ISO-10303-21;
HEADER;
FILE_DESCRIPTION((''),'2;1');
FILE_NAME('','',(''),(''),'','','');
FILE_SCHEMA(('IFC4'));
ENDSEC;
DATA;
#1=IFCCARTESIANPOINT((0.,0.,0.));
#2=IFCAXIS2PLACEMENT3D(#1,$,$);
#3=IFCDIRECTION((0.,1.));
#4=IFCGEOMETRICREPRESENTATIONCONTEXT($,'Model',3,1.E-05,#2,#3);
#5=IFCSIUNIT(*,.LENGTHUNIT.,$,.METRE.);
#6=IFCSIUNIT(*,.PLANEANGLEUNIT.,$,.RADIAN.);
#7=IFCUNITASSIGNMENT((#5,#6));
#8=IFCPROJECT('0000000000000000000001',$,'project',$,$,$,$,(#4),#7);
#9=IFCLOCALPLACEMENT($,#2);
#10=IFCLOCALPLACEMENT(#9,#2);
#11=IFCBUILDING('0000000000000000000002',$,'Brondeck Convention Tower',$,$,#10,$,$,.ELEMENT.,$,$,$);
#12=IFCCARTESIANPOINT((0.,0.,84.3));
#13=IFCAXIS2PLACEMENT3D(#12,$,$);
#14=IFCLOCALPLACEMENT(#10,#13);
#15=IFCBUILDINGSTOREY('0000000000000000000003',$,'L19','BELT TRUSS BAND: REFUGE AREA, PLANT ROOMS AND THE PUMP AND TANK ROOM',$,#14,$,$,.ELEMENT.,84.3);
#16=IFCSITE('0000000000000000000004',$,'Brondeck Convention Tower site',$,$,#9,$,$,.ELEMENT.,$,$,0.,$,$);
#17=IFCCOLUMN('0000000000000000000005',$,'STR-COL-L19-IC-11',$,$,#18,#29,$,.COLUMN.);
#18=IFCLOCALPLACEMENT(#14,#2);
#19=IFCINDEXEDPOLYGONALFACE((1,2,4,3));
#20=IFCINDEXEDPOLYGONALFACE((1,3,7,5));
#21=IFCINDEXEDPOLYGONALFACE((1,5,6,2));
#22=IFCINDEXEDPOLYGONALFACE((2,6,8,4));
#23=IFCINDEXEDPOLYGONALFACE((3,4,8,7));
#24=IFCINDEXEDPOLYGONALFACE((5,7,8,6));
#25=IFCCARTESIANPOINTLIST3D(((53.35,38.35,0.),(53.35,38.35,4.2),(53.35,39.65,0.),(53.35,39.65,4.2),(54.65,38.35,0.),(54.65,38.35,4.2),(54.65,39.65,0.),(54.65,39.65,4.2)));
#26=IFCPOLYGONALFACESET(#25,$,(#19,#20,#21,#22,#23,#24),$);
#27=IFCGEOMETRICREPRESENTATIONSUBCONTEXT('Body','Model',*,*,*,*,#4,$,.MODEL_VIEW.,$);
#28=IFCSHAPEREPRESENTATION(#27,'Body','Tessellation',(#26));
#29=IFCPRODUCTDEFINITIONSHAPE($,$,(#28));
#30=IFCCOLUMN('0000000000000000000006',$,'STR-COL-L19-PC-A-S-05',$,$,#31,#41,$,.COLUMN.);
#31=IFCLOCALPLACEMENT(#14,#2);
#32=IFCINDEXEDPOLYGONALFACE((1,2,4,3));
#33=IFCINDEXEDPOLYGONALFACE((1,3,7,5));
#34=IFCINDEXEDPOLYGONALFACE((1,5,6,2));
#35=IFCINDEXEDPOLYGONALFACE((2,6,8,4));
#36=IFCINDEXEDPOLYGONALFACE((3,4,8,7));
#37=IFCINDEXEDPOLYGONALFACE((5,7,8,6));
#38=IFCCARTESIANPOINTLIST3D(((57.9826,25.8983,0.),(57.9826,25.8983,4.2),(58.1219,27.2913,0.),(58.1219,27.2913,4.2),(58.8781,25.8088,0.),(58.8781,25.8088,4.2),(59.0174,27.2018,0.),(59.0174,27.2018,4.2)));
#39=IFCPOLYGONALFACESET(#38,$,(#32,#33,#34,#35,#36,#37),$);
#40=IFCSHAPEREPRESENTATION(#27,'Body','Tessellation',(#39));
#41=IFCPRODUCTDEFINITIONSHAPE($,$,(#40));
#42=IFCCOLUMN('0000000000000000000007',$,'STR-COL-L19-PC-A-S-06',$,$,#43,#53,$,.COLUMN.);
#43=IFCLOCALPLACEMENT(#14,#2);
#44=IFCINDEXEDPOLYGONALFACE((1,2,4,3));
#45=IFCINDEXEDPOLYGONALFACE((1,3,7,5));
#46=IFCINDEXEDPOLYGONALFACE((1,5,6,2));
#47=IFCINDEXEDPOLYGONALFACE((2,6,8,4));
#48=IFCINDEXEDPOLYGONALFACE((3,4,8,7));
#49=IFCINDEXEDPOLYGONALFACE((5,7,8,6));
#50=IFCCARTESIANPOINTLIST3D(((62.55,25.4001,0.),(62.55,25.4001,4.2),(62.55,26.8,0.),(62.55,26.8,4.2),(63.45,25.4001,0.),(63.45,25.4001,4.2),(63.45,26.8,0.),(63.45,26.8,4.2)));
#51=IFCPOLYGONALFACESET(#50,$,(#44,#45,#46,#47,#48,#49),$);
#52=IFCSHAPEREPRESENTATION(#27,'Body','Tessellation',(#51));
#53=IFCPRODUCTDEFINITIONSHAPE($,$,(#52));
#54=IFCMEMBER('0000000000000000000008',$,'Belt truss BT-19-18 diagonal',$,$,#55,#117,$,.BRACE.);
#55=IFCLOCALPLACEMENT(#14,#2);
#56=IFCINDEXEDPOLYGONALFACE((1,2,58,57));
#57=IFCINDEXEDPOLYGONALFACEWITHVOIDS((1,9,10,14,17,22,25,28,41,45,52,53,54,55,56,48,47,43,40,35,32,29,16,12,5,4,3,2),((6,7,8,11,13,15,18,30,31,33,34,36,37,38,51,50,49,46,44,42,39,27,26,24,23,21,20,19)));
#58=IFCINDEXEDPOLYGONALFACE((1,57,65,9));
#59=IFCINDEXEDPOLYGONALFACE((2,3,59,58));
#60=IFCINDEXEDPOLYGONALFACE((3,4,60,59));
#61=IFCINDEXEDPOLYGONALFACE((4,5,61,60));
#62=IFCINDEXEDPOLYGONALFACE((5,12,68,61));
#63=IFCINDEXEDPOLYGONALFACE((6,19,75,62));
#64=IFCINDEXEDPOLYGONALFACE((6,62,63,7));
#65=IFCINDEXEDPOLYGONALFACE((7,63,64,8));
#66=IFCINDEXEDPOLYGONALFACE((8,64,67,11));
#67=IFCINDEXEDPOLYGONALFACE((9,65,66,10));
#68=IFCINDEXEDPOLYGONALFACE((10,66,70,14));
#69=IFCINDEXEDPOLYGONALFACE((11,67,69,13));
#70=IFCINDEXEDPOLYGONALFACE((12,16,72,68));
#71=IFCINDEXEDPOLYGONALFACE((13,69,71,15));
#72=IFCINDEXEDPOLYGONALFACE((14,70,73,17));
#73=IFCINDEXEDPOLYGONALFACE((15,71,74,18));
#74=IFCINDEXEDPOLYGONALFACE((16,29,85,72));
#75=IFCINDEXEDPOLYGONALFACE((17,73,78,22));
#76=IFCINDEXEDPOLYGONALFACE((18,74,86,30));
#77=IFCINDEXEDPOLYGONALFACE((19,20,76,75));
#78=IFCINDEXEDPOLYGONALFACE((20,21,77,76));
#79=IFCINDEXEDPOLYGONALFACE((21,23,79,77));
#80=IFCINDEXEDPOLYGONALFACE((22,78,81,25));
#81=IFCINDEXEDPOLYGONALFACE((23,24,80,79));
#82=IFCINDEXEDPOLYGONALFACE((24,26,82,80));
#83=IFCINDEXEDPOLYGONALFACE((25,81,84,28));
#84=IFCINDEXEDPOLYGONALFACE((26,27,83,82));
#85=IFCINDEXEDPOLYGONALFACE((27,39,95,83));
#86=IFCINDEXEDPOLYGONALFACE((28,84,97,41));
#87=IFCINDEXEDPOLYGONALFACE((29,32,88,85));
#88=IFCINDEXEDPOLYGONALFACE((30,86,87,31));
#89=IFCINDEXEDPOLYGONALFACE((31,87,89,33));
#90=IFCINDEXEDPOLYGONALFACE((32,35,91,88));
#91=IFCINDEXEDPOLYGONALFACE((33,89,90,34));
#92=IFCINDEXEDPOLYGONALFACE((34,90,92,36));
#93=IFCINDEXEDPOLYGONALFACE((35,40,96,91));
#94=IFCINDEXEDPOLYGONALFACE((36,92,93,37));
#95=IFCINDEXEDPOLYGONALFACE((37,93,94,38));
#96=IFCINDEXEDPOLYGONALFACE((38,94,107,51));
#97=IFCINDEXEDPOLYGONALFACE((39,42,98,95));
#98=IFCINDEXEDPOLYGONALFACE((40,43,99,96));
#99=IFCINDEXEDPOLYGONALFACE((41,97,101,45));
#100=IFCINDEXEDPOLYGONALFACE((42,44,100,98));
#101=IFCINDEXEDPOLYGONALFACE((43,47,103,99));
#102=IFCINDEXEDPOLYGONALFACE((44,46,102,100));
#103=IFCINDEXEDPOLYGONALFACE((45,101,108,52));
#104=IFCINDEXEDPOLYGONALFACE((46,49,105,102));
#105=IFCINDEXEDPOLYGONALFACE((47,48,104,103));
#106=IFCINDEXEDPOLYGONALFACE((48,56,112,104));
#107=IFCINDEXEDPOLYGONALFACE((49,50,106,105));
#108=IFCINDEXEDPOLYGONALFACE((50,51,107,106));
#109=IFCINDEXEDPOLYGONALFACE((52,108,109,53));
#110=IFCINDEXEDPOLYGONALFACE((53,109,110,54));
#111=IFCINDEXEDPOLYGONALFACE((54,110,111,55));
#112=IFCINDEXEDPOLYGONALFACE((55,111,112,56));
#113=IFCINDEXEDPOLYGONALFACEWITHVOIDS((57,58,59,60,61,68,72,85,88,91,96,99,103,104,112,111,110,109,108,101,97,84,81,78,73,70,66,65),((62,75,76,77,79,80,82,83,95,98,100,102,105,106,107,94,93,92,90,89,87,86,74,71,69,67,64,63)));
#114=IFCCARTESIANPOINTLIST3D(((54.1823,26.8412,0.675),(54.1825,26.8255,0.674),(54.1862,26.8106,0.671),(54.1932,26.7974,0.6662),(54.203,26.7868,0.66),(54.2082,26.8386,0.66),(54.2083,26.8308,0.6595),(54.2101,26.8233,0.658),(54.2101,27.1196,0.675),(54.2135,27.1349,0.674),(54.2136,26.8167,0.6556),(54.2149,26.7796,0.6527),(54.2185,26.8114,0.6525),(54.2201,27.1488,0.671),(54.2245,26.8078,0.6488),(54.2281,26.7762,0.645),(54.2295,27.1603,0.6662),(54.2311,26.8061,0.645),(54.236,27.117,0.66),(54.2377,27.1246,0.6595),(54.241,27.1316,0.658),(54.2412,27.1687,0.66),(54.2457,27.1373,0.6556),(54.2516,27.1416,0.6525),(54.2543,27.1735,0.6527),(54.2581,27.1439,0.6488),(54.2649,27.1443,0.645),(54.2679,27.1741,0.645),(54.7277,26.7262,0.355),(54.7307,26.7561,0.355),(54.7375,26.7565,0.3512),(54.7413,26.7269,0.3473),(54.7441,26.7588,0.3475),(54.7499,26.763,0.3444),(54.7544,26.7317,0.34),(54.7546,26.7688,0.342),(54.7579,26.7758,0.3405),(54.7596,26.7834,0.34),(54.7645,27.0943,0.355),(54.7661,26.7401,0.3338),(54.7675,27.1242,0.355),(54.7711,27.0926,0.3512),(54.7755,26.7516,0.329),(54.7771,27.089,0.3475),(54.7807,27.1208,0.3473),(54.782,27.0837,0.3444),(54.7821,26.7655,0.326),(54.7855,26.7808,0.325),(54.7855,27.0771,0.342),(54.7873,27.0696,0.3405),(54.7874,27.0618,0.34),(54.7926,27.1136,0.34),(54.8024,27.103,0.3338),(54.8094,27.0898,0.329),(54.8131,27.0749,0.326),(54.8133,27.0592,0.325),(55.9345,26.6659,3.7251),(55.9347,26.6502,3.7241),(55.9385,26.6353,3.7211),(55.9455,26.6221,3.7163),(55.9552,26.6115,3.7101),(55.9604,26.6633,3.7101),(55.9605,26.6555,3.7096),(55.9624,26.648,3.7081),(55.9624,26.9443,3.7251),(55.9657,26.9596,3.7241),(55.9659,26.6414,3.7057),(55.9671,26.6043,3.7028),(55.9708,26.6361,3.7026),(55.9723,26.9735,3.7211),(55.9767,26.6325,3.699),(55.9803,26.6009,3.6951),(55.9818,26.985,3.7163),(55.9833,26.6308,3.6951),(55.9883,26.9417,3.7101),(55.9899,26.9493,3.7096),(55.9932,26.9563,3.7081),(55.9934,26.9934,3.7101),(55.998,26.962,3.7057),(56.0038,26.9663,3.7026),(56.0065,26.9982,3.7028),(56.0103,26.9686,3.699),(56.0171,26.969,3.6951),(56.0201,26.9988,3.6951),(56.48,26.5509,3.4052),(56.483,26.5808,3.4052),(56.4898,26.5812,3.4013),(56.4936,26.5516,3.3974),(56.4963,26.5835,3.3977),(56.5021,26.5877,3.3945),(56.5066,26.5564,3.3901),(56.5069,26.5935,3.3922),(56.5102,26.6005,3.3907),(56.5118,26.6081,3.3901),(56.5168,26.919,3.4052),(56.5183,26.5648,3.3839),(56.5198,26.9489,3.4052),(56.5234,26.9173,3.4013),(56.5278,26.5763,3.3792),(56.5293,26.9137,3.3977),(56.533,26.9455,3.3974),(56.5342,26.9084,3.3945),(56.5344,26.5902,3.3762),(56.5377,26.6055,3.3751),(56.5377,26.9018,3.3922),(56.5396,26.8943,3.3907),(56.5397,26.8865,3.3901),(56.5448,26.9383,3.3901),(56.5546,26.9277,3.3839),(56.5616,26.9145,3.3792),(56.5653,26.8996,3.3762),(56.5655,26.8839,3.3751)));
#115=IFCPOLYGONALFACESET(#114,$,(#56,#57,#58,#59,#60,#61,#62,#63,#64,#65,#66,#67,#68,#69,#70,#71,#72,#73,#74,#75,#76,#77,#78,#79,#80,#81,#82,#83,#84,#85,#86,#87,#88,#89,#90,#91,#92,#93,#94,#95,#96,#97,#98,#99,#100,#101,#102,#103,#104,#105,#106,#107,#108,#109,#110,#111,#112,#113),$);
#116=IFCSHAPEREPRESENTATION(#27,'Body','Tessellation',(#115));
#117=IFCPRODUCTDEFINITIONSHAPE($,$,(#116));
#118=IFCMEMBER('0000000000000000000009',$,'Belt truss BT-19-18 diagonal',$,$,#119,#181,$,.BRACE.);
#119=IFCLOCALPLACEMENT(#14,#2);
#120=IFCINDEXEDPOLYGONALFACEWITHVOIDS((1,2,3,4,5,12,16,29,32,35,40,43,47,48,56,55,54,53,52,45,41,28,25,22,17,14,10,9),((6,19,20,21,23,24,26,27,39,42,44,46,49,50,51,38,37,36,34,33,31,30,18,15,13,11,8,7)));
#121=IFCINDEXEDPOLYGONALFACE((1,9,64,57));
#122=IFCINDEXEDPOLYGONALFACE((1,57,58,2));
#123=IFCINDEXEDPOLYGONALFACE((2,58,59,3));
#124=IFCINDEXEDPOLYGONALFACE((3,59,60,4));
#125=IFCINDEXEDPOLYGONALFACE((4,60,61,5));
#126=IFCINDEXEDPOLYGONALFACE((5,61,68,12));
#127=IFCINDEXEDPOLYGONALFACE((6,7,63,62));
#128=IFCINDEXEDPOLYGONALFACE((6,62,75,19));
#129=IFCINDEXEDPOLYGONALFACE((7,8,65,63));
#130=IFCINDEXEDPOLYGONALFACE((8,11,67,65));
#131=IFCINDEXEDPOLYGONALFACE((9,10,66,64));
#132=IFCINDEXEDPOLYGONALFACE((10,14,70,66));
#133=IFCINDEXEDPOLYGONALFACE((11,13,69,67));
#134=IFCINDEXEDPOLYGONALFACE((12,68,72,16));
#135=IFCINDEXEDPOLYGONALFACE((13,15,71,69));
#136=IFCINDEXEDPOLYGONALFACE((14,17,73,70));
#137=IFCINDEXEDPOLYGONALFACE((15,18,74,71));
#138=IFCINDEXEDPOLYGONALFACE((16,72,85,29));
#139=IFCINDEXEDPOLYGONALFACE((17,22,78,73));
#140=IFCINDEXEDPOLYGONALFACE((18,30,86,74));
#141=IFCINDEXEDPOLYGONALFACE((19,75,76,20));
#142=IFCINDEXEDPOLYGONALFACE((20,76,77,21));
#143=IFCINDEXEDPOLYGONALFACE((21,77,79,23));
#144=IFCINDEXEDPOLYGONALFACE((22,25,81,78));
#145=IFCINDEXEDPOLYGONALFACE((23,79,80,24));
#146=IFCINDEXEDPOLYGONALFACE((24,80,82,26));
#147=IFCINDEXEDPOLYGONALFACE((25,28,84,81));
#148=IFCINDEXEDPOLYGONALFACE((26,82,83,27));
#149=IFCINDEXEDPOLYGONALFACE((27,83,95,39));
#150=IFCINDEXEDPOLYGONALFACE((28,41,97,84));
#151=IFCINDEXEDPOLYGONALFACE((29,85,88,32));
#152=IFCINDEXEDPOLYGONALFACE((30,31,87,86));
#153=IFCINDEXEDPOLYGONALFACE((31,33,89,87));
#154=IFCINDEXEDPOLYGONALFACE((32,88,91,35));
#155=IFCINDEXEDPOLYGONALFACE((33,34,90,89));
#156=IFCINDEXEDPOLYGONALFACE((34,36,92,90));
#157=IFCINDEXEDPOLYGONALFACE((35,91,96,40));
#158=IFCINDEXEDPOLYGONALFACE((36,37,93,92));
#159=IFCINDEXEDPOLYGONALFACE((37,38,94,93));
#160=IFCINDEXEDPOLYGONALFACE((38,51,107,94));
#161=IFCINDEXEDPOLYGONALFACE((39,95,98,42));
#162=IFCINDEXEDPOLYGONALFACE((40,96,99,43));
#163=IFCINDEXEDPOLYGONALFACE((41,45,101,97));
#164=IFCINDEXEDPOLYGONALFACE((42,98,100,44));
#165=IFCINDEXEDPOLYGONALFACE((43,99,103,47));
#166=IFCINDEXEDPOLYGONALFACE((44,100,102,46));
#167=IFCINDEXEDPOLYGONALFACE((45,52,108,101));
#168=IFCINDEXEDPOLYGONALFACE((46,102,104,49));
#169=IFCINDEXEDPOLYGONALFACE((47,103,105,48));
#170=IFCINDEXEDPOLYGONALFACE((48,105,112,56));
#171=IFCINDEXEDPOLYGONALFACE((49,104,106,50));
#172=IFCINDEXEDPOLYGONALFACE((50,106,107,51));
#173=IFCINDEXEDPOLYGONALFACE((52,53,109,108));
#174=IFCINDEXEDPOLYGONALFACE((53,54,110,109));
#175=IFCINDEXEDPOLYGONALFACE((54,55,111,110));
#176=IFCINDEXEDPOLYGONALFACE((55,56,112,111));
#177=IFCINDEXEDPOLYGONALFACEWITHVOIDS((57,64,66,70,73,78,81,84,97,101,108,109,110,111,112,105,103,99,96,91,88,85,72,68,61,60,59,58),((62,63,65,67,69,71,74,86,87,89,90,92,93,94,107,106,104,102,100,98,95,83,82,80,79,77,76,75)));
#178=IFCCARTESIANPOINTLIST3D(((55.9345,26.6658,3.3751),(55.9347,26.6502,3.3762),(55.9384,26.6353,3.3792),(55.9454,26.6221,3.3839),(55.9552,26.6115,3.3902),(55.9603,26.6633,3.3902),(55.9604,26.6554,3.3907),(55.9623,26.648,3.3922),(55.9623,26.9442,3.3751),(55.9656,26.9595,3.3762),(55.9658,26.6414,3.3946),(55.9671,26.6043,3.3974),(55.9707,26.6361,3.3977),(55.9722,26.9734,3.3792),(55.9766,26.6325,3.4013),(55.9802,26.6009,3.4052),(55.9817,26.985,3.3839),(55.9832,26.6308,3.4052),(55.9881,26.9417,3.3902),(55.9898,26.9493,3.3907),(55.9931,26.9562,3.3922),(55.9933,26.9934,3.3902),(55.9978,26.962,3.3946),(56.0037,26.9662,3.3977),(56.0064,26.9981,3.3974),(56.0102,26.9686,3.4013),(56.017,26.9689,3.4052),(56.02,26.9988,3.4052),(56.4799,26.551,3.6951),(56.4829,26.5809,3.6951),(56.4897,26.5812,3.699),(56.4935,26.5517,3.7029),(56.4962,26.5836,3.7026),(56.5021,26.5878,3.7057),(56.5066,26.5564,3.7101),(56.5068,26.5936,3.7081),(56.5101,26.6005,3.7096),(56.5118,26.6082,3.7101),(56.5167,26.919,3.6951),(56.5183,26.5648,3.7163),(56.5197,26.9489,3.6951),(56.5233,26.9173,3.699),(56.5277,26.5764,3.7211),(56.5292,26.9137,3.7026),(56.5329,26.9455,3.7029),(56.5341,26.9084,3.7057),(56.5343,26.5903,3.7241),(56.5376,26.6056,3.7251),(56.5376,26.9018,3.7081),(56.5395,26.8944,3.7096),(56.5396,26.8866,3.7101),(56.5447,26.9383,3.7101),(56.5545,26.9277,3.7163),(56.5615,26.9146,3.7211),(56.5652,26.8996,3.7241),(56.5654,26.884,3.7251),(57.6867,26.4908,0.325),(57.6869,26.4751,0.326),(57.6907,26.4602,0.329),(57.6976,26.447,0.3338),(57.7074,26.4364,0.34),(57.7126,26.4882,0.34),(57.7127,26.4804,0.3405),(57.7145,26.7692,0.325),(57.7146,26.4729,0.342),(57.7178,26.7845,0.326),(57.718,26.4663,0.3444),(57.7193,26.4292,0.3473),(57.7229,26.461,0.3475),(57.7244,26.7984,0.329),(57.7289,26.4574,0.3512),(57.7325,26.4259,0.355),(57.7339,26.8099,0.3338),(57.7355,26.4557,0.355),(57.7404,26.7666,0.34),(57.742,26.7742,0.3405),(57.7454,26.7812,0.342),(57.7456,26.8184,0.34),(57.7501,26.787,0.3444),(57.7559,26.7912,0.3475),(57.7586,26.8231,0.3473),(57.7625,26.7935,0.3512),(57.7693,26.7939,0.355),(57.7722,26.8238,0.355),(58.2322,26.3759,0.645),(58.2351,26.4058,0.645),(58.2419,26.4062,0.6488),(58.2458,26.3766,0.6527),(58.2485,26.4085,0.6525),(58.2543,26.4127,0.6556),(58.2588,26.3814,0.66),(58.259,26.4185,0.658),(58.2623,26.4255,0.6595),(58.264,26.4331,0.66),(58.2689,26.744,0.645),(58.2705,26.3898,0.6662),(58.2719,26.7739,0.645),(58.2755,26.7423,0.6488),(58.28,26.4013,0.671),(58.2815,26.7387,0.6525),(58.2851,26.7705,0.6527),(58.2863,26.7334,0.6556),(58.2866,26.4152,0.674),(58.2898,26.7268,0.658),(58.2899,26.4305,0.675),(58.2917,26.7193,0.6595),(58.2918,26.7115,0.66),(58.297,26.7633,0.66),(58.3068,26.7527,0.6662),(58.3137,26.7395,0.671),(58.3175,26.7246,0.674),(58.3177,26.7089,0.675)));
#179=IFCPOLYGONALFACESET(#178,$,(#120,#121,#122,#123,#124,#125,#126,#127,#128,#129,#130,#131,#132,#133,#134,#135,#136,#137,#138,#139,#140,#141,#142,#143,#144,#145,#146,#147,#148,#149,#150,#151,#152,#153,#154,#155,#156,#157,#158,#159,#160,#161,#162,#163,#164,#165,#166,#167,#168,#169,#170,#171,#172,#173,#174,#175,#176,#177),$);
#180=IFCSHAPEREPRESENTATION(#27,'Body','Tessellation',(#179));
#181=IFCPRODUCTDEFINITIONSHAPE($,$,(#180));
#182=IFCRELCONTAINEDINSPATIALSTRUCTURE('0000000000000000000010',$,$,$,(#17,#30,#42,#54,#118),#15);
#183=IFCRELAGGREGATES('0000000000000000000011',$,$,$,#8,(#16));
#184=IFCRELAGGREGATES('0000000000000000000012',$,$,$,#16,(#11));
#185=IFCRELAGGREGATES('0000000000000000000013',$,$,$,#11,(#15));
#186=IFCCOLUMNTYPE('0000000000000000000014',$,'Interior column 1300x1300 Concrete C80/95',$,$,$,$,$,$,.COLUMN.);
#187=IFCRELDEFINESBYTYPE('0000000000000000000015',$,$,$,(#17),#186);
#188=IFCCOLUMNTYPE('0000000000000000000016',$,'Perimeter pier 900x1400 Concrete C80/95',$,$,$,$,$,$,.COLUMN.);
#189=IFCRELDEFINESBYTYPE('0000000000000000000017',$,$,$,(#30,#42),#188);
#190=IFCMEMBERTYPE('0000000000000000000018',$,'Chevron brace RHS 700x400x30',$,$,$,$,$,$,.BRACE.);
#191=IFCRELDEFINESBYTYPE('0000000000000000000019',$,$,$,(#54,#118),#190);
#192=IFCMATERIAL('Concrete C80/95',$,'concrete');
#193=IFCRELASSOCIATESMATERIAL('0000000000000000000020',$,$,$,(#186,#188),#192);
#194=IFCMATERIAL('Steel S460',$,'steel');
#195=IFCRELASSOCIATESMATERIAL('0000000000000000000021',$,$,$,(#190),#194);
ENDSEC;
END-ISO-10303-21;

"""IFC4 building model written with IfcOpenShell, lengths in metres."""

from ifc_helpers import new_model, si_unit, direction, frame, origin, origin_2d, place, context, subcontext, project, spatial, rectangle, hollow_rectangle, extrude, material, material_profile, profile_set, type_object, element, save


model = new_model("IFC4")

# Units and contexts
model_context = context("Model", 3, precision=1e-05, world=origin(), true_north=direction((0.0, 1.0)))
body_context = subcontext(model_context, "Body", "Model", "MODEL_VIEW")
ifc_project = project(units=[si_unit("LENGTHUNIT", "METRE"), si_unit("PLANEANGLEUNIT", "RADIAN")], contexts=[model_context])

# Site, building, storey
site_placement = place(None, origin())
site = spatial("IfcSite", under=ifc_project, at=site_placement, Name="Brondeck Convention Tower site", CompositionType="ELEMENT", RefElevation=0.0)
building_placement = place(site_placement, origin())
building = spatial("IfcBuilding", under=site, at=building_placement, Name="Brondeck Convention Tower", CompositionType="ELEMENT")
storey_placement = place(building_placement, frame((0.0, 0.0, 84.3)))
storey = spatial("IfcBuildingStorey", under=building, at=storey_placement, Name="L19", Description="BELT TRUSS BAND: REFUGE AREA, PLANT ROOMS AND THE PUMP AND TANK ROOM", CompositionType="ELEMENT", Elevation=84.3)

# Columns
ifc_material_1 = material(Name="Concrete C80/95", Category="concrete")
ifc_material_profile_1 = material_profile(ifc_material_1, rectangle(XDim=1.3, YDim=1.3, at=origin_2d()), Name="Interior column 1300x1300 Concrete C80/95")
ifc_profile_set_1 = profile_set([ifc_material_profile_1], Name="Concrete C80/95")
column_type_1 = type_object("IfcColumnType", Name="Interior column 1300x1300 Concrete C80/95", PredefinedType="COLUMN", material=ifc_profile_set_1)
column_placement = place(storey_placement, frame((54.0, 39.0, 0.0), z_axis=(0.0, 0.0, 1.0), x_axis=(1.0, 0.0, 0.0)))
element("IfcColumn", 1, at=column_placement, inside=storey, type_object=column_type_1, Name="STR-COL-L19-IC-11", PredefinedType="COLUMN", context=body_context, shape_type="SweptSolid", body=[
    extrude(rectangle(XDim=1.3, YDim=1.3, at=origin_2d()), origin(), (0.0, 0.0, 1.0), 4.2),
])
ifc_material_profile_2 = material_profile(ifc_material_1, rectangle(XDim=0.8999, YDim=1.3999, at=origin_2d()), Name="Perimeter pier 900x1400 Concrete C80/95")
ifc_profile_set_2 = profile_set([ifc_material_profile_2], Name="Concrete C80/95")
column_type_2 = type_object("IfcColumnType", Name="Perimeter pier 900x1400 Concrete C80/95", PredefinedType="COLUMN", material=ifc_profile_set_2)
for number, where, z_axis, x_axis, name in (
    (2, (58.5, 26.55, 0.0), (0.0, 0.0, 1.0), (0.995037, -0.099504, 0.0), "STR-COL-L19-PC-A-S-05"),
    (3, (63.0, 26.1001, 0.0), (0.0, 0.0, 1.0), (1.0, 0.0, 0.0), "STR-COL-L19-PC-A-S-06"),
):
    element("IfcColumn", number, at=place(storey_placement, frame(where, z_axis=z_axis, x_axis=x_axis)), inside=storey, type_object=column_type_2, Name=name, PredefinedType="COLUMN", context=body_context, shape_type="SweptSolid", body=[
        extrude(rectangle(XDim=0.8999, YDim=1.3999, at=origin_2d()), origin(), (0.0, 0.0, 1.0), 4.2),
    ])

# Members
ifc_material_2 = material(Name="Steel S460", Category="steel")
ifc_material_profile_3 = material_profile(ifc_material_2, hollow_rectangle(XDim=0.3999, YDim=0.7, WallThickness=0.03, InnerFilletRadius=0.03, OuterFilletRadius=0.0601, at=origin_2d()), Name="RHS 700x400x30")
ifc_profile_set_3 = profile_set([ifc_material_profile_3], Name="Steel S460")
member_type_1 = type_object("IfcMemberType", Name="Chevron brace RHS 700x400x30", PredefinedType="BRACE", material=ifc_profile_set_3)
for number, where, z_axis, x_axis, name in (
    (4, (54.4978, 26.9502, 0.5), (0.497516, -0.049772, 0.866026), (0.099545, 0.995033, 0.0), "Belt truss BT-19-18 diagonal"),
    (5, (58.0022, 26.5999, 0.5), (-0.497518, 0.049703, 0.866029), (-0.099408, -0.995047, 0.0), "Belt truss BT-19-18 diagonal"),
):
    element("IfcMember", number, at=place(storey_placement, frame(where, z_axis=z_axis, x_axis=x_axis)), inside=storey, type_object=member_type_1, Name=name, PredefinedType="BRACE", context=body_context, shape_type="SweptSolid", body=[
        extrude(hollow_rectangle(XDim=0.3999, YDim=0.7, WallThickness=0.03, InnerFilletRadius=0.03, OuterFilletRadius=0.0601, at=origin_2d()), origin(), (0.0, 0.0, 1.0), 3.522),
    ])

save(model, "model.ifc")
